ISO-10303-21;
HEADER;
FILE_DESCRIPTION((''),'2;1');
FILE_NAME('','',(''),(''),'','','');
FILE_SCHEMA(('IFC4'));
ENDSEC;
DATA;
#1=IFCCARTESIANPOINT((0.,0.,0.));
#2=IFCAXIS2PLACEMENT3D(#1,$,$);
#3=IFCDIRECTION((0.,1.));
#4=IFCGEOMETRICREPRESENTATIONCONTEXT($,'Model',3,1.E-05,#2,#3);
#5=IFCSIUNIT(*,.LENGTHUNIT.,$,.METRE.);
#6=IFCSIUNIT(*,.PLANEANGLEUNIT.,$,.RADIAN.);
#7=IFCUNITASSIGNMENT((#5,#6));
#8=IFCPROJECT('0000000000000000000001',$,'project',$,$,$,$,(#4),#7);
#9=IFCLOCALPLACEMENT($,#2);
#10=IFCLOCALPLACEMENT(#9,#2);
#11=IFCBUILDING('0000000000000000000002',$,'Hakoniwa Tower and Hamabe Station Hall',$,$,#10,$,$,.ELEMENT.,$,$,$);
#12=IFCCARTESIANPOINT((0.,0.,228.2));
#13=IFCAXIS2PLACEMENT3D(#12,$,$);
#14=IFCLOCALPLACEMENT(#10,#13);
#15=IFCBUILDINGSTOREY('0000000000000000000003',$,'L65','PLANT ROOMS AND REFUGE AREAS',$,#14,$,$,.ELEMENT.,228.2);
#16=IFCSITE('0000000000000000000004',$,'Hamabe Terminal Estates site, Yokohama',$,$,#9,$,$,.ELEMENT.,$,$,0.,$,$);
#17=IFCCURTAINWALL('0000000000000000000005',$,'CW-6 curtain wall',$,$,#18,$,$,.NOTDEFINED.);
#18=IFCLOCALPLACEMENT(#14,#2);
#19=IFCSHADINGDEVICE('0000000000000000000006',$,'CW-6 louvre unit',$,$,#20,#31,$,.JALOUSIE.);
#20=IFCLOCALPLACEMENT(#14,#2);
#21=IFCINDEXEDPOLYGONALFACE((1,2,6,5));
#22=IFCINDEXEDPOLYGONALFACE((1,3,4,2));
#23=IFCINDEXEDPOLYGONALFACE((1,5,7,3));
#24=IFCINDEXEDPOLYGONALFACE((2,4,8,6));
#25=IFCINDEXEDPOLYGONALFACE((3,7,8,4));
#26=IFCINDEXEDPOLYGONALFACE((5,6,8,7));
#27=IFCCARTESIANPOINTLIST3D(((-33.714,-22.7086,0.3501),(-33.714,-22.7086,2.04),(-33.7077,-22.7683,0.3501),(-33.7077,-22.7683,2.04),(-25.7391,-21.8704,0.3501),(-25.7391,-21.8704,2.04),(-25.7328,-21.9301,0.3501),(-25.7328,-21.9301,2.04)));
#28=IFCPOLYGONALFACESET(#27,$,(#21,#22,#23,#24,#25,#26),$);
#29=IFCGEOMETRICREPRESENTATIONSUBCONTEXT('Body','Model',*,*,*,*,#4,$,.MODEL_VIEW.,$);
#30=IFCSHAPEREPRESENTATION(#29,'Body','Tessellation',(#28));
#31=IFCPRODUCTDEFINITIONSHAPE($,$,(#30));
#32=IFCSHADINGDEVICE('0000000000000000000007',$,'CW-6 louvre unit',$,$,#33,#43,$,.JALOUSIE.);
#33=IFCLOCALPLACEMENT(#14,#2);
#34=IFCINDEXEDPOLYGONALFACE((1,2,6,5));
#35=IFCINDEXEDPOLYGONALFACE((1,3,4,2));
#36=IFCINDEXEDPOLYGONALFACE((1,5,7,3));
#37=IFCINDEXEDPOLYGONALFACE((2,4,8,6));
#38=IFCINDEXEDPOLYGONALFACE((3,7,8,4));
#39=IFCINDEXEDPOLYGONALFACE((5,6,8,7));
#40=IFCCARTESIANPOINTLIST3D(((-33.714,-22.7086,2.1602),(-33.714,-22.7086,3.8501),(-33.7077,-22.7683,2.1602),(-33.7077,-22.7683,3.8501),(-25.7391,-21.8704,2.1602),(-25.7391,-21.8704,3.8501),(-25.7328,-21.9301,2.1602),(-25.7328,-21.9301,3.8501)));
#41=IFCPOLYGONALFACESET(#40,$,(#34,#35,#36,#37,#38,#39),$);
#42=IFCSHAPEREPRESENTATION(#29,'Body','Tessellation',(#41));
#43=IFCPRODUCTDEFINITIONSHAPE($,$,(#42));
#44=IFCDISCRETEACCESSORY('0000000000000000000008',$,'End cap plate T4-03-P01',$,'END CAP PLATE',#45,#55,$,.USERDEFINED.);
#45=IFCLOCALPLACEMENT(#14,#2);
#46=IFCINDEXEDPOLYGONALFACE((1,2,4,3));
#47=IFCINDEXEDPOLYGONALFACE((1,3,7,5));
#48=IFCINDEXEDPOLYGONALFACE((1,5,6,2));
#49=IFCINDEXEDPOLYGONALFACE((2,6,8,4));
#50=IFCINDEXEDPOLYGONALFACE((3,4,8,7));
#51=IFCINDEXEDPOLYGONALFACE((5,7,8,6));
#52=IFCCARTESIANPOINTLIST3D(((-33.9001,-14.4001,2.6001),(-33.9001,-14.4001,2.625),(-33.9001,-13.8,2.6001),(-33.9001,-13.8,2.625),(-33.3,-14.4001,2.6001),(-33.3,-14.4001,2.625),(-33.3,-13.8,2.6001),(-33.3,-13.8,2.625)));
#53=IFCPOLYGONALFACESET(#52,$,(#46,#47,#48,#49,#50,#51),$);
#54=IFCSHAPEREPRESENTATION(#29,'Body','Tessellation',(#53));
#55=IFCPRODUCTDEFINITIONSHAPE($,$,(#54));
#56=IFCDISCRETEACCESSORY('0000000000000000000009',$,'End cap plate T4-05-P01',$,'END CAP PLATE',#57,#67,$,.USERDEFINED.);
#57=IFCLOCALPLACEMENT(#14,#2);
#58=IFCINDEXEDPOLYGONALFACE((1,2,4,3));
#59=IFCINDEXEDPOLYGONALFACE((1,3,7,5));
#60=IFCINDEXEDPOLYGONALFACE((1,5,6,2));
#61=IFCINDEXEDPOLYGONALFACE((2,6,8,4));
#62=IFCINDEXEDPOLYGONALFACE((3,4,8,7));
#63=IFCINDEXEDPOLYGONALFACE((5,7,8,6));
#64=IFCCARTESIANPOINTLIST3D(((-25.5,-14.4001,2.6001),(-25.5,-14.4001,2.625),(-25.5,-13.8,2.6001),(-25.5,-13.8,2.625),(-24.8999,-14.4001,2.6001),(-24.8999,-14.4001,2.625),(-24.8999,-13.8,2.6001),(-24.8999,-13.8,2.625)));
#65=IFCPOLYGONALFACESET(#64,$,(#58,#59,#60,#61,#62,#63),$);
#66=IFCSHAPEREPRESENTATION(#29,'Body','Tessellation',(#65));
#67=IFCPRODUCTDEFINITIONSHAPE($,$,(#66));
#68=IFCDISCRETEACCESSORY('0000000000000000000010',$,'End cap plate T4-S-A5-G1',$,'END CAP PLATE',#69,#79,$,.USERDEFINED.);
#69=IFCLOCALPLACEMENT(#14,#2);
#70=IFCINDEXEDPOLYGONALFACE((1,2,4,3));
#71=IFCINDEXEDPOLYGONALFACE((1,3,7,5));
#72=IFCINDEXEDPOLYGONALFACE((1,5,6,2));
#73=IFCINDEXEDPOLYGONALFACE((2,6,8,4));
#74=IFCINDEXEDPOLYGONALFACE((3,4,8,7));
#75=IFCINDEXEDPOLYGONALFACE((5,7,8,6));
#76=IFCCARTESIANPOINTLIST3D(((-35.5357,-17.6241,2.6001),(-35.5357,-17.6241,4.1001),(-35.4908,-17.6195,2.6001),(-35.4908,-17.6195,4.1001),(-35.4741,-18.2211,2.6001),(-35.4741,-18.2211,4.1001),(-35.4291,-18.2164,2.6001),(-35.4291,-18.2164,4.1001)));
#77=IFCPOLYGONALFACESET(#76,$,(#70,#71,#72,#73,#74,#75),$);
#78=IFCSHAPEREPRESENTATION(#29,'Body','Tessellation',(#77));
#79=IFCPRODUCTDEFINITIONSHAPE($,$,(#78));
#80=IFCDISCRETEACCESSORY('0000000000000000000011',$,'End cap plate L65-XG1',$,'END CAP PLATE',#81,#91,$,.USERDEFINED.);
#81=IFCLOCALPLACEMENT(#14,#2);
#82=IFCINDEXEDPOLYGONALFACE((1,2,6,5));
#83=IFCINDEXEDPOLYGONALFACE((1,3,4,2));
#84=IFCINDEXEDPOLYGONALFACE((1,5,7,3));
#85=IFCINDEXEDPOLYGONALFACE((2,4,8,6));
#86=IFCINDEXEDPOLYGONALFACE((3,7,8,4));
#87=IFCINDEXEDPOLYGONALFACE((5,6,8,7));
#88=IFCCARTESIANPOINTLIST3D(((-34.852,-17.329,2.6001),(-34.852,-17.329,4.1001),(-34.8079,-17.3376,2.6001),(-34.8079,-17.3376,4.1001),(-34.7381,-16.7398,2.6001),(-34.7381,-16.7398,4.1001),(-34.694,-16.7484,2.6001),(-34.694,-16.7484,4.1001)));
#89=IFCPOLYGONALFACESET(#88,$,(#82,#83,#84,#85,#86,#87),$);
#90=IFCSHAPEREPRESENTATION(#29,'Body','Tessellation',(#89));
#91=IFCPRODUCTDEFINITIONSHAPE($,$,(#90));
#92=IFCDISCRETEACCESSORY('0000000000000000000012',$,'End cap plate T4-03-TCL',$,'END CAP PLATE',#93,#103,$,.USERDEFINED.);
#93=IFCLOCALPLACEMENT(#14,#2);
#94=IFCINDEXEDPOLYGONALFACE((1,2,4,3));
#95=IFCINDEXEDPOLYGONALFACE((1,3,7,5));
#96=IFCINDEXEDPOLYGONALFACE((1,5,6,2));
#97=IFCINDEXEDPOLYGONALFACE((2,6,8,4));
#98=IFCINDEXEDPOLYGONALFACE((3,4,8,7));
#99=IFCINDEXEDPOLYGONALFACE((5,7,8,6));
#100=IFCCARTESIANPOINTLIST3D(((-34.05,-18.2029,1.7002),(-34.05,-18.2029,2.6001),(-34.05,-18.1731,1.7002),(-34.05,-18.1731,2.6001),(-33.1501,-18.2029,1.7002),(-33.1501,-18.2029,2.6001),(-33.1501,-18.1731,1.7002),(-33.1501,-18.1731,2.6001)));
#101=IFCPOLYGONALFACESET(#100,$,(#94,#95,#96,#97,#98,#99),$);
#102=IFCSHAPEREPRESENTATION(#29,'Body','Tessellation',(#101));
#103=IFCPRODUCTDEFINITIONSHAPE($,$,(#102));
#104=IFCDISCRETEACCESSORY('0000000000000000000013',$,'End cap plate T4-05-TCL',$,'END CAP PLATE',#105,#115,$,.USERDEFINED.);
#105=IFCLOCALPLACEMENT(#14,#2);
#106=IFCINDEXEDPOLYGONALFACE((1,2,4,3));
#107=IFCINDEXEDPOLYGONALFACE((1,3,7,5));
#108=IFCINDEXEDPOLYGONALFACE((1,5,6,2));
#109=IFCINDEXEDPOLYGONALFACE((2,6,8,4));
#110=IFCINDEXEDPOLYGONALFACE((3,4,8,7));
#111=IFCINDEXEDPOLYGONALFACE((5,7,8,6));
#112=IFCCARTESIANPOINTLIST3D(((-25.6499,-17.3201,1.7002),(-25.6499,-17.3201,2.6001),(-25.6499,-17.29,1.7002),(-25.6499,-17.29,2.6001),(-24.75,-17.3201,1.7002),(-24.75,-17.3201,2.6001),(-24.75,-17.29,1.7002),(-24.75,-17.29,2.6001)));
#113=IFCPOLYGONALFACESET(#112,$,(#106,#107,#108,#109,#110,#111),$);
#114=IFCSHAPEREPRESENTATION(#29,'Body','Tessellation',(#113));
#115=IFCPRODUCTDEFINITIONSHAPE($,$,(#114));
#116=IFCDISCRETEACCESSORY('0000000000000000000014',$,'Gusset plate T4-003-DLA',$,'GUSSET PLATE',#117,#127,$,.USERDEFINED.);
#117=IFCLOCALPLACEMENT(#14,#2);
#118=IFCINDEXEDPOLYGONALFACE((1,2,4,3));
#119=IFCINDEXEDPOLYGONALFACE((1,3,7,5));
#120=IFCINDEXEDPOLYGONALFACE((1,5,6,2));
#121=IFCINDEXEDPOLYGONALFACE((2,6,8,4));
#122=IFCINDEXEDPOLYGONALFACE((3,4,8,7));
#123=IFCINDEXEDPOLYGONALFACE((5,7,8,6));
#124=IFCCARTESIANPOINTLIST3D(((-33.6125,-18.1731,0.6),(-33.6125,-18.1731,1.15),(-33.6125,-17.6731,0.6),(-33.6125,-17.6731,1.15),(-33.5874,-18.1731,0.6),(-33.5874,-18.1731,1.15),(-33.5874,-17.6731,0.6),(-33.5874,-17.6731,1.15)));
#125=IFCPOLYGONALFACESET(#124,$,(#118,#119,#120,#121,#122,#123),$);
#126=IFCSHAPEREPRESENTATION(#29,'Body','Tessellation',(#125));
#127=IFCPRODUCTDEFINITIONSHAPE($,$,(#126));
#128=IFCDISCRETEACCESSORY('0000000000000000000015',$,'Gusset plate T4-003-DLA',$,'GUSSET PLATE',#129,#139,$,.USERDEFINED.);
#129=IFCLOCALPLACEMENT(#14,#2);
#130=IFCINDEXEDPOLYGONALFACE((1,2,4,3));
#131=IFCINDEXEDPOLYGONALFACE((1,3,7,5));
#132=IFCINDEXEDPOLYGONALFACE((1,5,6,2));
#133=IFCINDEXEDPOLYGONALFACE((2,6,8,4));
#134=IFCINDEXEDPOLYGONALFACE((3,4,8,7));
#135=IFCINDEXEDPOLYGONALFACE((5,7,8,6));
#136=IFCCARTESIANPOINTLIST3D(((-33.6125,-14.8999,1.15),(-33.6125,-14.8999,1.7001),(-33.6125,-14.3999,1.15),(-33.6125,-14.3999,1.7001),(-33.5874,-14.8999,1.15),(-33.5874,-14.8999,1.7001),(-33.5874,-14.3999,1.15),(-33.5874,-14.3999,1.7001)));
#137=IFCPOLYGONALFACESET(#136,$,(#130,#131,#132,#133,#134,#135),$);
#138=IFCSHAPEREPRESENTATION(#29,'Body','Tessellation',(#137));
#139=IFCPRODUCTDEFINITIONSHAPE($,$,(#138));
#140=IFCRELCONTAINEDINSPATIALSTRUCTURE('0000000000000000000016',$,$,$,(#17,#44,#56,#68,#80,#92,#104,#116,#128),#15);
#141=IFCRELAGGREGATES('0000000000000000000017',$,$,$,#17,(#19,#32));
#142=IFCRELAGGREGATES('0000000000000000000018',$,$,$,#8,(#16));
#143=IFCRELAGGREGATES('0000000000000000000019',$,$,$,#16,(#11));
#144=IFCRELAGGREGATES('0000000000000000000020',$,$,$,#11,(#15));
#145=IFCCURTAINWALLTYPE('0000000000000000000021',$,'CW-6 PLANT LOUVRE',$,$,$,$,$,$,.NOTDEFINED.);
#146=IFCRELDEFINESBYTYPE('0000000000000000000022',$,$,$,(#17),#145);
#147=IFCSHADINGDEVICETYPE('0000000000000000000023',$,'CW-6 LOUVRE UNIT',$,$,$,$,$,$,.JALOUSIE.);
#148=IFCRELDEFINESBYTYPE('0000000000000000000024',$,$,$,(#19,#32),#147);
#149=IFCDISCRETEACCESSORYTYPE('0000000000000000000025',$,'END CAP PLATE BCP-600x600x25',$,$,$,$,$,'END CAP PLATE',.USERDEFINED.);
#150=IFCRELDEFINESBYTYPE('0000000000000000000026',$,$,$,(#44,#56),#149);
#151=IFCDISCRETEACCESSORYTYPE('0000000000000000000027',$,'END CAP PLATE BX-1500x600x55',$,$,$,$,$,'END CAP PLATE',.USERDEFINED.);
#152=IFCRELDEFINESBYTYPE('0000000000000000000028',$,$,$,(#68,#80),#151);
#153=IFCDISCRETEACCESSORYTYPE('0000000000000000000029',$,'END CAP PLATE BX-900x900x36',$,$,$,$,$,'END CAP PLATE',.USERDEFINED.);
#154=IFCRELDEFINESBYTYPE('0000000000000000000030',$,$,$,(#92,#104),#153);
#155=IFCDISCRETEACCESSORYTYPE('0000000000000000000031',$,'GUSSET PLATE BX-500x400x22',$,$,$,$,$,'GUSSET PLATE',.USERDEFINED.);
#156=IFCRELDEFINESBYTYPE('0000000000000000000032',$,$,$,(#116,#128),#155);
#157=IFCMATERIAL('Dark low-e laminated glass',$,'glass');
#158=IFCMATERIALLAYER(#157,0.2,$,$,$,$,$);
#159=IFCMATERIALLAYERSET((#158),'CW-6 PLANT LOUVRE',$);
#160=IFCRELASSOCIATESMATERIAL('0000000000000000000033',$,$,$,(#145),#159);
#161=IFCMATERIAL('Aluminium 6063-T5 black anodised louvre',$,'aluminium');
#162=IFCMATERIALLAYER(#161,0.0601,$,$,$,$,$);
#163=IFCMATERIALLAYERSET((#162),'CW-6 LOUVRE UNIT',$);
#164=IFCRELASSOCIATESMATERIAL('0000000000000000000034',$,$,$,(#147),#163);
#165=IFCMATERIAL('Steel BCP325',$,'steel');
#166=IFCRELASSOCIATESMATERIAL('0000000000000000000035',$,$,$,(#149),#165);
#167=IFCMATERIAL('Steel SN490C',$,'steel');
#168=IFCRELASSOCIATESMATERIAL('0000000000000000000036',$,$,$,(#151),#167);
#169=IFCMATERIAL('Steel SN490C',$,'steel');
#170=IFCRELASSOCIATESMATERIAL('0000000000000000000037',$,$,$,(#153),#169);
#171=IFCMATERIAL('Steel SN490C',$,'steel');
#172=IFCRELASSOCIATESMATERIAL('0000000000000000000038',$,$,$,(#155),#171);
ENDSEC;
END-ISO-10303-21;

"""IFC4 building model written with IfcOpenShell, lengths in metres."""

from ifc_helpers import new_model, si_unit, direction, frame, origin, origin_2d, place, context, subcontext, project, spatial, rectangle, extrude, material, layer, layer_set, material_profile, profile_set, type_object, element, aggregate, save


model = new_model("IFC4")

# Units and contexts
model_context = context("Model", 3, precision=1e-05, world=origin(), true_north=direction((0.0, 1.0)))
body_context = subcontext(model_context, "Body", "Model", "MODEL_VIEW")
ifc_project = project(units=[si_unit("LENGTHUNIT", "METRE"), si_unit("PLANEANGLEUNIT", "RADIAN")], contexts=[model_context])

# Site, building, storey
site_placement = place(None, origin())
site = spatial("IfcSite", under=ifc_project, at=site_placement, Name="Hamabe Terminal Estates site, Yokohama", CompositionType="ELEMENT", RefElevation=0.0)
building_placement = place(site_placement, origin())
building = spatial("IfcBuilding", under=site, at=building_placement, Name="Hakoniwa Tower and Hamabe Station Hall", CompositionType="ELEMENT")
storey_placement = place(building_placement, frame((0.0, 0.0, 228.2)))
storey = spatial("IfcBuildingStorey", under=building, at=storey_placement, Name="L65", Description="PLANT ROOMS AND REFUGE AREAS", CompositionType="ELEMENT", Elevation=228.2)

# Curtain wall
ifc_material_1 = material(Name="Dark low-e laminated glass", Category="glass")
ifc_layer_1 = layer(ifc_material_1, 0.2)
ifc_layer_set_1 = layer_set([ifc_layer_1], Name="CW-6 PLANT LOUVRE")
curtain_wall_type = type_object("IfcCurtainWallType", Name="CW-6 PLANT LOUVRE", PredefinedType="NOTDEFINED", material=ifc_layer_set_1)
curtain_wall_1_placement = place(storey_placement, origin())
curtain_wall_1 = element("IfcCurtainWall", 1, at=curtain_wall_1_placement, inside=storey, type_object=curtain_wall_type, Name="CW-6 curtain wall", PredefinedType="NOTDEFINED")

# Shading devices
ifc_material_2 = material(Name="Aluminium 6063-T5 black anodised louvre", Category="aluminium")
ifc_layer_2 = layer(ifc_material_2, 0.0601)
ifc_layer_set_2 = layer_set([ifc_layer_2], Name="CW-6 LOUVRE UNIT")
shading_device_type = type_object("IfcShadingDeviceType", Name="CW-6 LOUVRE UNIT", PredefinedType="JALOUSIE", material=ifc_layer_set_2)
shading_device_1_placement = place(storey_placement, frame((-29.7234, -22.3193, 0.3501), z_axis=(0.0, 0.0, 1.0), x_axis=(0.994522, 0.104528, 0.0)))
shading_device_1 = element("IfcShadingDevice", 2, at=shading_device_1_placement, type_object=shading_device_type, Name="CW-6 louvre unit", PredefinedType="JALOUSIE", context=body_context, shape_type="SweptSolid", body=[
    extrude(rectangle(XDim=8.0188, YDim=0.0601, at=origin_2d()), origin(), (0.0, 0.0, 1.0), 1.6899),
])
shading_device_2_placement = place(storey_placement, frame((-29.7234, -22.3193, 2.1602), z_axis=(0.0, 0.0, 1.0), x_axis=(0.994522, 0.104528, 0.0)))
shading_device_2 = element("IfcShadingDevice", 3, at=shading_device_2_placement, type_object=shading_device_type, Name="CW-6 louvre unit", PredefinedType="JALOUSIE", context=body_context, shape_type="SweptSolid", body=[
    extrude(rectangle(XDim=8.0188, YDim=0.0601, at=origin_2d()), origin(), (0.0, 0.0, 1.0), 1.6899),
])
aggregate(curtain_wall_1, [shading_device_1, shading_device_2])

# Discrete accessories
ifc_material_3 = material(Name="Steel BCP325", Category="steel")
ifc_material_profile_1 = material_profile(ifc_material_3, rectangle(XDim=0.6001, YDim=0.6001, at=origin_2d()), Name="END CAP PLATE BCP-600x600x25")
ifc_profile_set_1 = profile_set([ifc_material_profile_1], Name="Steel BCP325")
discrete_accessory_type_1 = type_object("IfcDiscreteAccessoryType", Name="END CAP PLATE BCP-600x600x25", ElementType="END CAP PLATE", PredefinedType="USERDEFINED", material=ifc_profile_set_1)
for number, where, z_axis, x_axis, name in (
    (4, (-33.6001, -14.1001, 2.6001), (0.0, 0.0, 1.0), (1.0, 0.0, 0.0), "End cap plate T4-03-P01"),
    (5, (-25.2, -14.1001, 2.6001), (0.0, 0.0, 1.0), (1.0, 0.0, 0.0), "End cap plate T4-05-P01"),
):
    element("IfcDiscreteAccessory", number, at=place(storey_placement, frame(where, z_axis=z_axis, x_axis=x_axis)), inside=storey, type_object=discrete_accessory_type_1, Name=name, ObjectType="END CAP PLATE", PredefinedType="USERDEFINED", context=body_context, shape_type="SweptSolid", body=[
        extrude(rectangle(XDim=0.6001, YDim=0.6001, at=origin_2d()), origin(), (0.0, 0.0, 1.0), 0.0249),
    ])
ifc_material_4 = material(Name="Steel SN490C", Category="steel")
ifc_material_profile_2 = material_profile(ifc_material_4, rectangle(XDim=0.6001, YDim=1.5, at=origin_2d()), Name="END CAP PLATE BX-1500x600x55")
ifc_profile_set_2 = profile_set([ifc_material_profile_2], Name="Steel SN490C")
discrete_accessory_type_2 = type_object("IfcDiscreteAccessoryType", Name="END CAP PLATE BX-1500x600x55", ElementType="END CAP PLATE", PredefinedType="USERDEFINED", material=ifc_profile_set_2)
discrete_accessory_1_placement = place(storey_placement, frame((-35.5049, -17.9226, 3.3501), z_axis=(0.994711, 0.102715, 0.0), x_axis=(-0.102715, 0.994711, 0.0)))
element("IfcDiscreteAccessory", 6, at=discrete_accessory_1_placement, inside=storey, type_object=discrete_accessory_type_2, Name="End cap plate T4-S-A5-G1", ObjectType="END CAP PLATE", PredefinedType="USERDEFINED", context=body_context, shape_type="SweptSolid", body=[
    extrude(rectangle(XDim=0.6001, YDim=1.5, at=origin_2d()), origin(), (0.0, 0.0, 1.0), 0.0452),
])
discrete_accessory_2_placement = place(storey_placement, frame((-34.751, -17.043, 3.3501), z_axis=(-0.981812, 0.189853, 0.0), x_axis=(-0.189853, -0.981812, 0.0)))
element("IfcDiscreteAccessory", 7, at=discrete_accessory_2_placement, inside=storey, type_object=discrete_accessory_type_2, Name="End cap plate L65-XG1", ObjectType="END CAP PLATE", PredefinedType="USERDEFINED", context=body_context, shape_type="SweptSolid", body=[
    extrude(rectangle(XDim=0.6001, YDim=1.5, at=origin_2d()), origin(), (0.0, 0.0, 1.0), 0.0449),
])
ifc_material_5 = material(Name="Steel SN490C", Category="steel")
ifc_material_profile_3 = material_profile(ifc_material_5, rectangle(XDim=0.8999, YDim=0.8999, at=origin_2d()), Name="END CAP PLATE BX-900x900x36")
ifc_profile_set_3 = profile_set([ifc_material_profile_3], Name="Steel SN490C")
discrete_accessory_type_3 = type_object("IfcDiscreteAccessoryType", Name="END CAP PLATE BX-900x900x36", ElementType="END CAP PLATE", PredefinedType="USERDEFINED", material=ifc_profile_set_3)
discrete_accessory_3_placement = place(storey_placement, frame((-33.6001, -18.2029, 2.1501), z_axis=(0.0, 1.0, 0.0), x_axis=(-1.0, 0.0, 0.0)))
element("IfcDiscreteAccessory", 8, at=discrete_accessory_3_placement, inside=storey, type_object=discrete_accessory_type_3, Name="End cap plate T4-03-TCL", ObjectType="END CAP PLATE", PredefinedType="USERDEFINED", context=body_context, shape_type="SweptSolid", body=[
    extrude(rectangle(XDim=0.8999, YDim=0.8999, at=origin_2d()), origin(), (0.0, 0.0, 1.0), 0.0298),
])
discrete_accessory_4_placement = place(storey_placement, frame((-25.2, -17.3201, 2.1501), z_axis=(0.0, 1.0, 0.0), x_axis=(-1.0, 0.0, 0.0)))
element("IfcDiscreteAccessory", 9, at=discrete_accessory_4_placement, inside=storey, type_object=discrete_accessory_type_3, Name="End cap plate T4-05-TCL", ObjectType="END CAP PLATE", PredefinedType="USERDEFINED", context=body_context, shape_type="SweptSolid", body=[
    extrude(rectangle(XDim=0.8999, YDim=0.8999, at=origin_2d()), origin(), (0.0, 0.0, 1.0), 0.03),
])
ifc_material_6 = material(Name="Steel SN490C", Category="steel")
ifc_material_profile_4 = material_profile(ifc_material_6, rectangle(XDim=0.5, YDim=0.55, at=origin_2d()), Name="GUSSET PLATE BX-500x400x22")
ifc_profile_set_4 = profile_set([ifc_material_profile_4], Name="Steel SN490C")
discrete_accessory_type_4 = type_object("IfcDiscreteAccessoryType", Name="GUSSET PLATE BX-500x400x22", ElementType="GUSSET PLATE", PredefinedType="USERDEFINED", material=ifc_profile_set_4)
for number, where, z_axis, x_axis, name in (
    (10, (-33.5874, -17.9231, 0.875), (-1.0, 0.0, 0.0), (0.0, -1.0, 0.0), "Gusset plate T4-003-DLA"),
    (11, (-33.5874, -14.6499, 1.425), (-1.0, 0.0, 0.0), (0.0, -1.0, 0.0), "Gusset plate T4-003-DLA"),
):
    element("IfcDiscreteAccessory", number, at=place(storey_placement, frame(where, z_axis=z_axis, x_axis=x_axis)), inside=storey, type_object=discrete_accessory_type_4, Name=name, ObjectType="GUSSET PLATE", PredefinedType="USERDEFINED", context=body_context, shape_type="SweptSolid", body=[
        extrude(rectangle(XDim=0.5, YDim=0.55, at=origin_2d()), origin(), (0.0, 0.0, 1.0), 0.0251),
    ])

save(model, "model.ifc")
